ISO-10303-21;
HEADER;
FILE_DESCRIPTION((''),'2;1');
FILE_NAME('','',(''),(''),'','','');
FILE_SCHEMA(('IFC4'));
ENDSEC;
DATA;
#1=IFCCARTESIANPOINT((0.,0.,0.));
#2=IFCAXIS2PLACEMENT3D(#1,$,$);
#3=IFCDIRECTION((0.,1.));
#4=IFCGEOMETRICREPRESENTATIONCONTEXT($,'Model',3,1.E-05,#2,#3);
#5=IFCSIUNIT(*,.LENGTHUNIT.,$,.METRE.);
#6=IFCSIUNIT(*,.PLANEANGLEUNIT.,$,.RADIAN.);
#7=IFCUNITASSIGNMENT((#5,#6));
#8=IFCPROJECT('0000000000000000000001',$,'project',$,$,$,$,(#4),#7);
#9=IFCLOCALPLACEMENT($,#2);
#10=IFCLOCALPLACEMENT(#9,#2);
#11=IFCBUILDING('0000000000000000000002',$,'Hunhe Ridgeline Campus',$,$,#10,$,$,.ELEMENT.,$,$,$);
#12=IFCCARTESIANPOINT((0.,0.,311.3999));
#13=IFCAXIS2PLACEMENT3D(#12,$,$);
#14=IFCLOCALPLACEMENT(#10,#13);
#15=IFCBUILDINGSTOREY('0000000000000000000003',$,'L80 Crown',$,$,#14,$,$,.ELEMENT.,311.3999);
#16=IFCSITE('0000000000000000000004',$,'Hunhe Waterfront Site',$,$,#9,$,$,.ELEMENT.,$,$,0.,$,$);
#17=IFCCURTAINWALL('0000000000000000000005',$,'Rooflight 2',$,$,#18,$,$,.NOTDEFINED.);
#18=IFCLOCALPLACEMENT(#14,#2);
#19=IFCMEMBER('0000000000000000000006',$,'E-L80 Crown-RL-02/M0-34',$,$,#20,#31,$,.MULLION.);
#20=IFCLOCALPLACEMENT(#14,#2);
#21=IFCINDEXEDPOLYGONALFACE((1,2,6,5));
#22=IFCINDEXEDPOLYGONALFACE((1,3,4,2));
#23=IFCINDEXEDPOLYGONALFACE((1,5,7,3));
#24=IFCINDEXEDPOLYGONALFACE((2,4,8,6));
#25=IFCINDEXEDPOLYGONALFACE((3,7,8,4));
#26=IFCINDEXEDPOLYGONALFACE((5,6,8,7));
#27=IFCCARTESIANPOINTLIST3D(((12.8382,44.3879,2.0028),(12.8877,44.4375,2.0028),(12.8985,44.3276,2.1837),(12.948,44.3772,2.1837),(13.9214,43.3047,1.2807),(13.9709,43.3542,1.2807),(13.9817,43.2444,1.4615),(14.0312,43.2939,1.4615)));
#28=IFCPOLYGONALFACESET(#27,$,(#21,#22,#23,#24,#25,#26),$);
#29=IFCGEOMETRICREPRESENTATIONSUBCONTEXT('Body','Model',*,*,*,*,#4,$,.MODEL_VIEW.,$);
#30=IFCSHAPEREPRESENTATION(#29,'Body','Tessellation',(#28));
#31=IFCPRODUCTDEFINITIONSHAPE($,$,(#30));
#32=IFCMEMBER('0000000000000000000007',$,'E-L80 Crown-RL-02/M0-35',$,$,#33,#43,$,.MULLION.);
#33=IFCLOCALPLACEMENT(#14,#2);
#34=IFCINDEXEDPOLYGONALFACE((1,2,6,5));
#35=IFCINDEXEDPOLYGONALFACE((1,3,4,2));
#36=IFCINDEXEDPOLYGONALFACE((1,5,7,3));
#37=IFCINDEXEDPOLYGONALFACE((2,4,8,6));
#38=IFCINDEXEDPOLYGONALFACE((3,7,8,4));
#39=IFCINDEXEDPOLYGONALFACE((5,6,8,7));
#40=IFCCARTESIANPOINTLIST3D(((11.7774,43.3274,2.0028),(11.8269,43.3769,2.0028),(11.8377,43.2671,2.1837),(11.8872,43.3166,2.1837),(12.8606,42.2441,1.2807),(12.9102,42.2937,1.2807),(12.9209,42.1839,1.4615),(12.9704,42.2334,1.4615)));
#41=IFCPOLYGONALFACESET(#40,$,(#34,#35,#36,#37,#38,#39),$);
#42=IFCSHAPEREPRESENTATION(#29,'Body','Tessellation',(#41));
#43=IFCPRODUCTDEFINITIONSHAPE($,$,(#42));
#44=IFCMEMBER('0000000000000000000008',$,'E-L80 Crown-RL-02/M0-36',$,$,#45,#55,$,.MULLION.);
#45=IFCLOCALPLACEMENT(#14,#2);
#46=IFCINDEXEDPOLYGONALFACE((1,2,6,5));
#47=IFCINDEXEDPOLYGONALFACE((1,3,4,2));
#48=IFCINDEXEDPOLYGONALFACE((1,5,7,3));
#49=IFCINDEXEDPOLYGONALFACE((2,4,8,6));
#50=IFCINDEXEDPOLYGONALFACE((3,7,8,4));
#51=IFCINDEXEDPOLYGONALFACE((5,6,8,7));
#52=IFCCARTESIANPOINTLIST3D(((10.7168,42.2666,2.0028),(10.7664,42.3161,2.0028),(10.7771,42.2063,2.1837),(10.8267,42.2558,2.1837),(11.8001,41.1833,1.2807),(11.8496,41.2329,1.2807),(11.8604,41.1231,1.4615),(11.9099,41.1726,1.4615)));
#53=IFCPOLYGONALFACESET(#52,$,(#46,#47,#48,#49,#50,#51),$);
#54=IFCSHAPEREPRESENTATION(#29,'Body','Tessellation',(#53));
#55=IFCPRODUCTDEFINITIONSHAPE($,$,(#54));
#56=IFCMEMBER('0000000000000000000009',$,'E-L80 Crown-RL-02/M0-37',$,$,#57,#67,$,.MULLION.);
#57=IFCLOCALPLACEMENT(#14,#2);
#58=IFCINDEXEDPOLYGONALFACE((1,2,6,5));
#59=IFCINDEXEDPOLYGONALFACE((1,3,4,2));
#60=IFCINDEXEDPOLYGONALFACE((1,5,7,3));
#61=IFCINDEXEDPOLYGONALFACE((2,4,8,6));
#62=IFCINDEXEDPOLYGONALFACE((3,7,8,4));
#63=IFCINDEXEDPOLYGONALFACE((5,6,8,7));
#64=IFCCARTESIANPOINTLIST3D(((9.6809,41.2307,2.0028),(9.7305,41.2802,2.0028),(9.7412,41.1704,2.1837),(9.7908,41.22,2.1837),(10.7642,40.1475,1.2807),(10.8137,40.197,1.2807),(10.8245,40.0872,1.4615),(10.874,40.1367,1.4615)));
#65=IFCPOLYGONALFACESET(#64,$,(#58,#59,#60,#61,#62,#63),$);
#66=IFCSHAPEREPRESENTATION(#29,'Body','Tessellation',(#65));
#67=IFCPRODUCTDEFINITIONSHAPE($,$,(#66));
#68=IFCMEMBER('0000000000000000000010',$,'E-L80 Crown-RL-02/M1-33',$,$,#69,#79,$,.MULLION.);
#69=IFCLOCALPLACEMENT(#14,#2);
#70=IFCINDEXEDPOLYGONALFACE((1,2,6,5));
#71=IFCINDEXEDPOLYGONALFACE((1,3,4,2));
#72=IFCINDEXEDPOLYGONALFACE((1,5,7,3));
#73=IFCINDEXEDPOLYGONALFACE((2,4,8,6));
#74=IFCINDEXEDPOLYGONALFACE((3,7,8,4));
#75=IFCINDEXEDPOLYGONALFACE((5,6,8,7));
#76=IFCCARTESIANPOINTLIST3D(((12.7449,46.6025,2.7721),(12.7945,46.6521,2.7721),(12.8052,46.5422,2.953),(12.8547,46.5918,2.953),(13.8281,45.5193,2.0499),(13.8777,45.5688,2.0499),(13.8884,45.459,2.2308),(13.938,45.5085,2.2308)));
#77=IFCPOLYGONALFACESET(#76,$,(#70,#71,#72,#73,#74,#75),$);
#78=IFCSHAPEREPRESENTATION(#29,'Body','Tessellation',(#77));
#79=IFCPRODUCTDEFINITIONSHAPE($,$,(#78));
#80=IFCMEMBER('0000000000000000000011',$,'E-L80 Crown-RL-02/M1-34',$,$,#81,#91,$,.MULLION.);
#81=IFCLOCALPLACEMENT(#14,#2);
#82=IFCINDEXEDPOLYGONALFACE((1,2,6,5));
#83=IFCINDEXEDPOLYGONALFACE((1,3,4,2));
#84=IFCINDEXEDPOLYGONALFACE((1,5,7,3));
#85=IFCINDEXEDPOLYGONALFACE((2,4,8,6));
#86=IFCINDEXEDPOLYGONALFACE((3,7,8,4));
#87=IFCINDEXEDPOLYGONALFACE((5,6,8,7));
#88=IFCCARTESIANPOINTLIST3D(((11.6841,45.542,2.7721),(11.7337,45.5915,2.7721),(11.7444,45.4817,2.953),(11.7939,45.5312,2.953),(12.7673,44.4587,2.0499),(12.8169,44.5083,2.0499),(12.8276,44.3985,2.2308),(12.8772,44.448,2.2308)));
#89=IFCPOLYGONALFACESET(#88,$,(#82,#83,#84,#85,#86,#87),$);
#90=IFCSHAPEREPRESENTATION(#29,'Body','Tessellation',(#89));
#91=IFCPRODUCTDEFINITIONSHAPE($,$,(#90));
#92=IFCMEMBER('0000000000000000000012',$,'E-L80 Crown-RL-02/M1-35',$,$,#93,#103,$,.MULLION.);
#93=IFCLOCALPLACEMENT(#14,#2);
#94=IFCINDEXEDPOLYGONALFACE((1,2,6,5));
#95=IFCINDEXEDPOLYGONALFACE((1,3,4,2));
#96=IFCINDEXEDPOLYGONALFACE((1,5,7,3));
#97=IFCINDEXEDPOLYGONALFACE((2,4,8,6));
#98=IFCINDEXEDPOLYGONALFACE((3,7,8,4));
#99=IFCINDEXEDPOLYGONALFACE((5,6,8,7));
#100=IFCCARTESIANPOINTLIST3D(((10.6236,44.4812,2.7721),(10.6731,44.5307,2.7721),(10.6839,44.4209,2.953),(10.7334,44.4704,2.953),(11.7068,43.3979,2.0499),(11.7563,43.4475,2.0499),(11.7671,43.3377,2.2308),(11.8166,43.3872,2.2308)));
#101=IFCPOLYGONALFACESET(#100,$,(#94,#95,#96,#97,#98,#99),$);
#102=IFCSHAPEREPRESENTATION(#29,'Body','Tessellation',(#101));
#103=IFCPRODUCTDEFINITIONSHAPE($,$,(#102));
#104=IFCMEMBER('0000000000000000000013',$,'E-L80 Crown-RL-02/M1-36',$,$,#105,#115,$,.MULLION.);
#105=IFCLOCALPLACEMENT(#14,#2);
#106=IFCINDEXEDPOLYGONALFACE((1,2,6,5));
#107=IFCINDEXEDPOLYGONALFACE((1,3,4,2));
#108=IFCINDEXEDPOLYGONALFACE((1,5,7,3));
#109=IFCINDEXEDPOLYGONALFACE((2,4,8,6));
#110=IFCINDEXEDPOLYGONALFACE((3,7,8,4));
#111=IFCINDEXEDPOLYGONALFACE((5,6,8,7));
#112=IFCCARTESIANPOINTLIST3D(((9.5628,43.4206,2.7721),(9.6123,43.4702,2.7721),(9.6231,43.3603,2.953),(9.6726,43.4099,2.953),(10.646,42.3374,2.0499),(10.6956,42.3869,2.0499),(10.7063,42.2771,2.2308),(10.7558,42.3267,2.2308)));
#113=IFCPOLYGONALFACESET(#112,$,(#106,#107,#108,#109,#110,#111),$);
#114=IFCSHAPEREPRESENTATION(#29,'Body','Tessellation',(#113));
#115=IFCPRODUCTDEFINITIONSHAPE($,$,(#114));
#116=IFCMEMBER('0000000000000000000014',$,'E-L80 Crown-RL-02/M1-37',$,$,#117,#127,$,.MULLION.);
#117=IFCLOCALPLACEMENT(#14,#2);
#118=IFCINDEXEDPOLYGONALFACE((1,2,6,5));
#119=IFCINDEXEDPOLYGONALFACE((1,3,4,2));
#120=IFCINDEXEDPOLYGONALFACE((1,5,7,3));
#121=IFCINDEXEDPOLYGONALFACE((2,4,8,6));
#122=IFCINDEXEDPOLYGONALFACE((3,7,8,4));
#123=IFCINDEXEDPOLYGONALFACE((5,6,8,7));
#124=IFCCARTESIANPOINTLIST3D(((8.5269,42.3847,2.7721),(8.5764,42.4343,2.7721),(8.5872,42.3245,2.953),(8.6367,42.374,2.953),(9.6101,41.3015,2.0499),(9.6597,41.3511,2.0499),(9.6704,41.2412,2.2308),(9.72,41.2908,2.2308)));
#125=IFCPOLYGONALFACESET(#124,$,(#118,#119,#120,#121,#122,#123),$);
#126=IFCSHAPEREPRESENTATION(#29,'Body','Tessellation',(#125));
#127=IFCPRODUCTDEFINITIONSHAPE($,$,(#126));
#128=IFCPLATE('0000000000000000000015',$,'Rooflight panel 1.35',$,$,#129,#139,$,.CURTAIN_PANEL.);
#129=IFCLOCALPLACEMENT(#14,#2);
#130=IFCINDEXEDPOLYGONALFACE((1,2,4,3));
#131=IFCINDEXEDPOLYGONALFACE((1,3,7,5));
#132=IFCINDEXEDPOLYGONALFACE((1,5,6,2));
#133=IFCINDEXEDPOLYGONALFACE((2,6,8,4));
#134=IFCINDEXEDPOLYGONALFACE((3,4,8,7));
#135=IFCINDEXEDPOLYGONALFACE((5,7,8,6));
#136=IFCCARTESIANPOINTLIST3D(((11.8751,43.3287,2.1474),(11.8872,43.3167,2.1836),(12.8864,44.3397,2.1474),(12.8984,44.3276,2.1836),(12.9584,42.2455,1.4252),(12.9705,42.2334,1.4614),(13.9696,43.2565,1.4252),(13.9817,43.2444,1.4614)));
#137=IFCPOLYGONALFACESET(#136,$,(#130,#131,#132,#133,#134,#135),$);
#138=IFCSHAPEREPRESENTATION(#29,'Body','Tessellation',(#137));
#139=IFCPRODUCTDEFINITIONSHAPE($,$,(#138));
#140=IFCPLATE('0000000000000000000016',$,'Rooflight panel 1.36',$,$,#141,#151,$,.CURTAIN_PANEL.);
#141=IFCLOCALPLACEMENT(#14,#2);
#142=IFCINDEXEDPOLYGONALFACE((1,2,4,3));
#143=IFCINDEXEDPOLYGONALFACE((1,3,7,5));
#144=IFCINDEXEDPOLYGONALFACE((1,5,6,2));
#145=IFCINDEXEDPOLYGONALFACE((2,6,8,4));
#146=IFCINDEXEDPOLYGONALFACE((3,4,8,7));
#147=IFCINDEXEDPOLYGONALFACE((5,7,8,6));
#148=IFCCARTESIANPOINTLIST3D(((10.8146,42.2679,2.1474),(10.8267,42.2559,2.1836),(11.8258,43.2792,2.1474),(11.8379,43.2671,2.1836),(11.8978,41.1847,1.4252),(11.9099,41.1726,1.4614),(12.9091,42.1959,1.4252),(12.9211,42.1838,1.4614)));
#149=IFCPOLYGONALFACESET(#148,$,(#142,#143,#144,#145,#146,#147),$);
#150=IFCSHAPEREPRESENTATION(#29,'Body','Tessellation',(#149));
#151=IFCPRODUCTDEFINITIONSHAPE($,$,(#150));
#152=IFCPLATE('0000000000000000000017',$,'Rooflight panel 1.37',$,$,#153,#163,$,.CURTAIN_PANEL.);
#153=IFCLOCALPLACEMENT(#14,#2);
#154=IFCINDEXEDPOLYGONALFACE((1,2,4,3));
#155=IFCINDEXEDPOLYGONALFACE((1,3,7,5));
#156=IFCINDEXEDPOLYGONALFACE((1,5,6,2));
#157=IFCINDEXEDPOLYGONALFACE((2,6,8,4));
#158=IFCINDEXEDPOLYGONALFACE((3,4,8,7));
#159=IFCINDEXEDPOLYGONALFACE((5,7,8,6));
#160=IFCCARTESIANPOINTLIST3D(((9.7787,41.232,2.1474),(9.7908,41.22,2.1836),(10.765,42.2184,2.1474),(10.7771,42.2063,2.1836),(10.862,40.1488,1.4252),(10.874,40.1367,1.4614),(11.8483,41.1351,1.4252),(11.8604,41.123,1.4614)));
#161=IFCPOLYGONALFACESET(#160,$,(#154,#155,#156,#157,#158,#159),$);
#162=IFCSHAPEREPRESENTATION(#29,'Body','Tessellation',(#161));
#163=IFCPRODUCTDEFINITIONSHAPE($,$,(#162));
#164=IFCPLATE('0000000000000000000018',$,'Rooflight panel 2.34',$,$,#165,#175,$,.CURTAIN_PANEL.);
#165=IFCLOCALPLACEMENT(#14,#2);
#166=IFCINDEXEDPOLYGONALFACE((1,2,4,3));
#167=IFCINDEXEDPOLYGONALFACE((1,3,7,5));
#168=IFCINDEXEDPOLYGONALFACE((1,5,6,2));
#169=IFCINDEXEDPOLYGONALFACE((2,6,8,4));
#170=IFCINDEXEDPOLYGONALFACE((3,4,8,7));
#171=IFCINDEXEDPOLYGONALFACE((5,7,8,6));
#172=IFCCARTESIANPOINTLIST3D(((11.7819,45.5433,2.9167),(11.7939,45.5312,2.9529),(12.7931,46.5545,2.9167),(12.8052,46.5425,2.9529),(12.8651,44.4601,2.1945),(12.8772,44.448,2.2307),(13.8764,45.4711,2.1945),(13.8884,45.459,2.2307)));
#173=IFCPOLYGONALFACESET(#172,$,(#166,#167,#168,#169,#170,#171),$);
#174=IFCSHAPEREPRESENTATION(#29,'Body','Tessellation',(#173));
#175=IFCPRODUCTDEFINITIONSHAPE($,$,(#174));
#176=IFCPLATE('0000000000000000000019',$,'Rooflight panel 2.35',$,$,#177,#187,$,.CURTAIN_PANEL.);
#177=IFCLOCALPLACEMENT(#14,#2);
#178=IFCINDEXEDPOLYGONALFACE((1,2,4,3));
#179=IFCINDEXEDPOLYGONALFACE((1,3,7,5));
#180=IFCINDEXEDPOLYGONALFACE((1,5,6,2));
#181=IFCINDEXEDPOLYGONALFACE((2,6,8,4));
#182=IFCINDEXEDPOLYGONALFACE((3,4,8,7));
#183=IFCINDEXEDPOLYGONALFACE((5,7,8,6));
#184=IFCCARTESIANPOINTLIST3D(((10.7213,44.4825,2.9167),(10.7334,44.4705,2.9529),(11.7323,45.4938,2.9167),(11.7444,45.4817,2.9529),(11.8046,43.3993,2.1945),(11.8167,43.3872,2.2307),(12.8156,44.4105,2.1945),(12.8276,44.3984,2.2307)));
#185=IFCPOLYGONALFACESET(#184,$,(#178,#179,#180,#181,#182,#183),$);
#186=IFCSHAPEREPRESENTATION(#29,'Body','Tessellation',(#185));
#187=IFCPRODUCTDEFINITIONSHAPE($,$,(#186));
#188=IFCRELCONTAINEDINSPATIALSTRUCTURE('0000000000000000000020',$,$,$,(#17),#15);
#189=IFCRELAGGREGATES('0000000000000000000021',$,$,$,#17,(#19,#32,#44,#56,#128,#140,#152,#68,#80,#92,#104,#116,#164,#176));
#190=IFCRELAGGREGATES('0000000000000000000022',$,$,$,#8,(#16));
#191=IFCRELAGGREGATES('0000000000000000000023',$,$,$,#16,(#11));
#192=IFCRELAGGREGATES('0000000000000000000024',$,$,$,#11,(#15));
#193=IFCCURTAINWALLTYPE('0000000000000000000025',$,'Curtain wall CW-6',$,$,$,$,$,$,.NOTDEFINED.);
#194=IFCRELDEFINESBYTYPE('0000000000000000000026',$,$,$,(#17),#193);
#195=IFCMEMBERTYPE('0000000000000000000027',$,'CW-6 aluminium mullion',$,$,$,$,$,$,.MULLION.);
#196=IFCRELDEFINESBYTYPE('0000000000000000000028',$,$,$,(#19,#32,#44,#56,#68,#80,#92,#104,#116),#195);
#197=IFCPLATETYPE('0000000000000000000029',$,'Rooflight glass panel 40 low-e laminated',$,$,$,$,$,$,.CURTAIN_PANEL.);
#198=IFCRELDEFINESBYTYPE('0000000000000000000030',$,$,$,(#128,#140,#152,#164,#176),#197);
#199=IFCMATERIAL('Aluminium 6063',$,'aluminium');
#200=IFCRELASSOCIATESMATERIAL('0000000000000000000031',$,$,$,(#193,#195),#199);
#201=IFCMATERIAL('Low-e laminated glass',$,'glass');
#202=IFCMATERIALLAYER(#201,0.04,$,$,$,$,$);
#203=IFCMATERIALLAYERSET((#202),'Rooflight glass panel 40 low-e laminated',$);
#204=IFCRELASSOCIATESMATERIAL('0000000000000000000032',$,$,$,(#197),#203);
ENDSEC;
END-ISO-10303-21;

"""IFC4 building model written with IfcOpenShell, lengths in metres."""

from ifc_helpers import new_model, si_unit, direction, frame, origin, origin_2d, place, context, subcontext, project, spatial, polyline, rectangle, outline, extrude, material, layer, layer_set, material_profile, profile_set, type_object, element, aggregate, save


model = new_model("IFC4")

# Units and contexts
model_context = context("Model", 3, precision=1e-05, world=origin(), true_north=direction((0.0, 1.0)))
body_context = subcontext(model_context, "Body", "Model", "MODEL_VIEW")
ifc_project = project(units=[si_unit("LENGTHUNIT", "METRE"), si_unit("PLANEANGLEUNIT", "RADIAN")], contexts=[model_context])

# Site, building, storey
site_placement = place(None, origin())
site = spatial("IfcSite", under=ifc_project, at=site_placement, Name="Hunhe Waterfront Site", CompositionType="ELEMENT", RefElevation=0.0)
building_placement = place(site_placement, origin())
building = spatial("IfcBuilding", under=site, at=building_placement, Name="Hunhe Ridgeline Campus", CompositionType="ELEMENT")
storey_placement = place(building_placement, frame((0.0, 0.0, 311.3999)))
storey = spatial("IfcBuildingStorey", under=building, at=storey_placement, Name="L80 Crown", CompositionType="ELEMENT", Elevation=311.3999)

# Curtain wall, members, plates
ifc_material_1 = material(Name="Aluminium 6063", Category="aluminium")
curtain_wall_type = type_object("IfcCurtainWallType", Name="Curtain wall CW-6", PredefinedType="NOTDEFINED", material=ifc_material_1)
curtain_wall_placement = place(storey_placement, origin())
curtain_wall = element("IfcCurtainWall", 1, at=curtain_wall_placement, inside=storey, type_object=curtain_wall_type, Name="Rooflight 2", PredefinedType="NOTDEFINED")
ifc_material_profile = material_profile(ifc_material_1, rectangle(XDim=0.0701, YDim=0.2, at=origin_2d()))
ifc_profile_set = profile_set([ifc_material_profile], Name="Aluminium 6063")
member_type = type_object("IfcMemberType", Name="CW-6 aluminium mullion", PredefinedType="MULLION", material=ifc_profile_set)
member_1_placement = place(storey_placement, frame((13.9763, 43.2993, 1.3711), z_axis=(-0.639602, 0.639602, 0.426401), x_axis=(-0.707107, -0.707107, 0.0)))
member_1 = element("IfcMember", 2, at=member_1_placement, type_object=member_type, Name="E-L80 Crown-RL-02/M0-34", PredefinedType="MULLION", context=body_context, shape_type="SweptSolid", body=[
    extrude(rectangle(XDim=0.0701, YDim=0.2, at=origin_2d()), origin(), (0.0, 0.0, 1.0), 1.6936),
])
member_2_placement = place(storey_placement, frame((12.9155, 42.2388, 1.3711), z_axis=(-0.639602, 0.639602, 0.426401), x_axis=(-0.707107, -0.707107, 0.0)))
member_2 = element("IfcMember", 3, at=member_2_placement, type_object=member_type, Name="E-L80 Crown-RL-02/M0-35", PredefinedType="MULLION", context=body_context, shape_type="SweptSolid", body=[
    extrude(rectangle(XDim=0.0701, YDim=0.2, at=origin_2d()), origin(), (0.0, 0.0, 1.0), 1.6936),
])
member_3_placement = place(storey_placement, frame((11.855, 41.178, 1.3711), z_axis=(-0.639602, 0.639602, 0.426401), x_axis=(-0.707107, -0.707107, 0.0)))
member_3 = element("IfcMember", 4, at=member_3_placement, type_object=member_type, Name="E-L80 Crown-RL-02/M0-36", PredefinedType="MULLION", context=body_context, shape_type="SweptSolid", body=[
    extrude(rectangle(XDim=0.0701, YDim=0.2, at=origin_2d()), origin(), (0.0, 0.0, 1.0), 1.6936),
])
member_4_placement = place(storey_placement, frame((10.8191, 40.1421, 1.3711), z_axis=(-0.639602, 0.639602, 0.426401), x_axis=(-0.707107, -0.707107, 0.0)))
member_4 = element("IfcMember", 5, at=member_4_placement, type_object=member_type, Name="E-L80 Crown-RL-02/M0-37", PredefinedType="MULLION", context=body_context, shape_type="SweptSolid", body=[
    extrude(rectangle(XDim=0.0701, YDim=0.2, at=origin_2d()), origin(), (0.0, 0.0, 1.0), 1.6936),
])
member_5_placement = place(storey_placement, frame((13.8831, 45.5139, 2.1404), z_axis=(-0.639602, 0.639602, 0.426401), x_axis=(-0.707107, -0.707107, 0.0)))
member_5 = element("IfcMember", 6, at=member_5_placement, type_object=member_type, Name="E-L80 Crown-RL-02/M1-33", PredefinedType="MULLION", context=body_context, shape_type="SweptSolid", body=[
    extrude(rectangle(XDim=0.0701, YDim=0.2, at=origin_2d()), origin(), (0.0, 0.0, 1.0), 1.6936),
])
member_6_placement = place(storey_placement, frame((12.8223, 44.4534, 2.1404), z_axis=(-0.639602, 0.639602, 0.426401), x_axis=(-0.707107, -0.707107, 0.0)))
member_6 = element("IfcMember", 7, at=member_6_placement, type_object=member_type, Name="E-L80 Crown-RL-02/M1-34", PredefinedType="MULLION", context=body_context, shape_type="SweptSolid", body=[
    extrude(rectangle(XDim=0.0701, YDim=0.2, at=origin_2d()), origin(), (0.0, 0.0, 1.0), 1.6936),
])
member_7_placement = place(storey_placement, frame((11.7617, 43.3926, 2.1404), z_axis=(-0.639602, 0.639602, 0.426401), x_axis=(-0.707107, -0.707107, 0.0)))
member_7 = element("IfcMember", 8, at=member_7_placement, type_object=member_type, Name="E-L80 Crown-RL-02/M1-35", PredefinedType="MULLION", context=body_context, shape_type="SweptSolid", body=[
    extrude(rectangle(XDim=0.0701, YDim=0.2, at=origin_2d()), origin(), (0.0, 0.0, 1.0), 1.6936),
])
member_8_placement = place(storey_placement, frame((10.7009, 42.332, 2.1404), z_axis=(-0.639602, 0.639602, 0.426401), x_axis=(-0.707107, -0.707107, 0.0)))
member_8 = element("IfcMember", 9, at=member_8_placement, type_object=member_type, Name="E-L80 Crown-RL-02/M1-36", PredefinedType="MULLION", context=body_context, shape_type="SweptSolid", body=[
    extrude(rectangle(XDim=0.0701, YDim=0.2, at=origin_2d()), origin(), (0.0, 0.0, 1.0), 1.6936),
])
member_9_placement = place(storey_placement, frame((9.665, 41.2961, 2.1404), z_axis=(-0.639602, 0.639602, 0.426401), x_axis=(-0.707107, -0.707107, 0.0)))
member_9 = element("IfcMember", 10, at=member_9_placement, type_object=member_type, Name="E-L80 Crown-RL-02/M1-37", PredefinedType="MULLION", context=body_context, shape_type="SweptSolid", body=[
    extrude(rectangle(XDim=0.0701, YDim=0.2, at=origin_2d()), origin(), (0.0, 0.0, 1.0), 1.6936),
])
ifc_material_2 = material(Name="Low-e laminated glass", Category="glass")
ifc_layer_1 = layer(ifc_material_2, 0.04)
ifc_layer_set_1 = layer_set([ifc_layer_1], Name="Rooflight glass panel 40 low-e laminated")
plate_type = type_object("IfcPlateType", Name="Rooflight glass panel 40 low-e laminated", PredefinedType="CURTAIN_PANEL", material=ifc_layer_set_1)
plate_1_placement = place(storey_placement, frame((13.9817, 43.2444, 1.4614), z_axis=(0.301475, -0.301548, 0.904534), x_axis=(-0.639602, 0.639602, 0.426401)))
plate_1 = element("IfcPlate", 11, at=plate_1_placement, type_object=plate_type, Name="Rooflight panel 1.35", PredefinedType="CURTAIN_PANEL", context=body_context, shape_type="SweptSolid", body=[
    extrude(outline(polyline([(0.0, 0.0), (1.6936, 0.0), (1.6938, 1.4299), (0.0002, 1.4299), (0.0, 0.0)])), origin(), (0.0, 0.0, -1.0), 0.04),
])
plate_2_placement = place(storey_placement, frame((12.9211, 42.1838, 1.4614), z_axis=(0.301511, -0.301511, 0.904534), x_axis=(-0.639602, 0.639602, 0.426401)))
plate_2 = element("IfcPlate", 12, at=plate_2_placement, type_object=plate_type, Name="Rooflight panel 1.36", PredefinedType="CURTAIN_PANEL", context=body_context, shape_type="SweptSolid", body=[
    extrude(outline(polyline([(0.0, 0.0), (1.6936, 0.0), (1.6936, 1.4301), (0.0, 1.4301), (0.0, 0.0)])), origin(), (0.0, 0.0, -1.0), 0.04),
])
plate_3_placement = place(storey_placement, frame((11.8604, 41.123, 1.4614), z_axis=(0.301511, -0.301511, 0.904534), x_axis=(-0.639602, 0.639602, 0.426401)))
plate_3 = element("IfcPlate", 13, at=plate_3_placement, type_object=plate_type, Name="Rooflight panel 1.37", PredefinedType="CURTAIN_PANEL", context=body_context, shape_type="SweptSolid", body=[
    extrude(outline(polyline([(0.0, 0.0), (1.6936, 0.0), (1.6936, 1.3949), (0.0, 1.3949), (0.0, 0.0)])), origin(), (0.0, 0.0, -1.0), 0.04),
])
plate_4_placement = place(storey_placement, frame((13.8884, 45.459, 2.2307), z_axis=(0.301479, -0.301516, 0.904543), x_axis=(-0.639537, 0.639681, 0.426382)))
plate_4 = element("IfcPlate", 14, at=plate_4_placement, type_object=plate_type, Name="Rooflight panel 2.34", PredefinedType="CURTAIN_PANEL", context=body_context, shape_type="SweptSolid", body=[
    extrude(outline(polyline([(0.0, 0.0), (1.6938, 0.0), (1.6936, 1.4301), (0.0, 1.4299), (0.0, 0.0)])), origin(), (0.0, 0.0, -1.0), 0.04),
])
plate_5_placement = place(storey_placement, frame((12.8276, 44.3984, 2.2307), z_axis=(0.301548, -0.301475, 0.904534), x_axis=(-0.639602, 0.639602, 0.426401)))
plate_5 = element("IfcPlate", 15, at=plate_5_placement, type_object=plate_type, Name="Rooflight panel 2.35", PredefinedType="CURTAIN_PANEL", context=body_context, shape_type="SweptSolid", body=[
    extrude(outline(polyline([(0.0, 0.0), (1.6936, 0.0), (1.6935, 1.4299), (-0.0002, 1.4299), (0.0, 0.0)])), origin(), (0.0, 0.0, -1.0), 0.04),
])
aggregate(curtain_wall, [member_1, member_2, member_3, member_4, plate_1, plate_2, plate_3, member_5, member_6, member_7, member_8, member_9, plate_4, plate_5])

save(model, "model.ifc")
